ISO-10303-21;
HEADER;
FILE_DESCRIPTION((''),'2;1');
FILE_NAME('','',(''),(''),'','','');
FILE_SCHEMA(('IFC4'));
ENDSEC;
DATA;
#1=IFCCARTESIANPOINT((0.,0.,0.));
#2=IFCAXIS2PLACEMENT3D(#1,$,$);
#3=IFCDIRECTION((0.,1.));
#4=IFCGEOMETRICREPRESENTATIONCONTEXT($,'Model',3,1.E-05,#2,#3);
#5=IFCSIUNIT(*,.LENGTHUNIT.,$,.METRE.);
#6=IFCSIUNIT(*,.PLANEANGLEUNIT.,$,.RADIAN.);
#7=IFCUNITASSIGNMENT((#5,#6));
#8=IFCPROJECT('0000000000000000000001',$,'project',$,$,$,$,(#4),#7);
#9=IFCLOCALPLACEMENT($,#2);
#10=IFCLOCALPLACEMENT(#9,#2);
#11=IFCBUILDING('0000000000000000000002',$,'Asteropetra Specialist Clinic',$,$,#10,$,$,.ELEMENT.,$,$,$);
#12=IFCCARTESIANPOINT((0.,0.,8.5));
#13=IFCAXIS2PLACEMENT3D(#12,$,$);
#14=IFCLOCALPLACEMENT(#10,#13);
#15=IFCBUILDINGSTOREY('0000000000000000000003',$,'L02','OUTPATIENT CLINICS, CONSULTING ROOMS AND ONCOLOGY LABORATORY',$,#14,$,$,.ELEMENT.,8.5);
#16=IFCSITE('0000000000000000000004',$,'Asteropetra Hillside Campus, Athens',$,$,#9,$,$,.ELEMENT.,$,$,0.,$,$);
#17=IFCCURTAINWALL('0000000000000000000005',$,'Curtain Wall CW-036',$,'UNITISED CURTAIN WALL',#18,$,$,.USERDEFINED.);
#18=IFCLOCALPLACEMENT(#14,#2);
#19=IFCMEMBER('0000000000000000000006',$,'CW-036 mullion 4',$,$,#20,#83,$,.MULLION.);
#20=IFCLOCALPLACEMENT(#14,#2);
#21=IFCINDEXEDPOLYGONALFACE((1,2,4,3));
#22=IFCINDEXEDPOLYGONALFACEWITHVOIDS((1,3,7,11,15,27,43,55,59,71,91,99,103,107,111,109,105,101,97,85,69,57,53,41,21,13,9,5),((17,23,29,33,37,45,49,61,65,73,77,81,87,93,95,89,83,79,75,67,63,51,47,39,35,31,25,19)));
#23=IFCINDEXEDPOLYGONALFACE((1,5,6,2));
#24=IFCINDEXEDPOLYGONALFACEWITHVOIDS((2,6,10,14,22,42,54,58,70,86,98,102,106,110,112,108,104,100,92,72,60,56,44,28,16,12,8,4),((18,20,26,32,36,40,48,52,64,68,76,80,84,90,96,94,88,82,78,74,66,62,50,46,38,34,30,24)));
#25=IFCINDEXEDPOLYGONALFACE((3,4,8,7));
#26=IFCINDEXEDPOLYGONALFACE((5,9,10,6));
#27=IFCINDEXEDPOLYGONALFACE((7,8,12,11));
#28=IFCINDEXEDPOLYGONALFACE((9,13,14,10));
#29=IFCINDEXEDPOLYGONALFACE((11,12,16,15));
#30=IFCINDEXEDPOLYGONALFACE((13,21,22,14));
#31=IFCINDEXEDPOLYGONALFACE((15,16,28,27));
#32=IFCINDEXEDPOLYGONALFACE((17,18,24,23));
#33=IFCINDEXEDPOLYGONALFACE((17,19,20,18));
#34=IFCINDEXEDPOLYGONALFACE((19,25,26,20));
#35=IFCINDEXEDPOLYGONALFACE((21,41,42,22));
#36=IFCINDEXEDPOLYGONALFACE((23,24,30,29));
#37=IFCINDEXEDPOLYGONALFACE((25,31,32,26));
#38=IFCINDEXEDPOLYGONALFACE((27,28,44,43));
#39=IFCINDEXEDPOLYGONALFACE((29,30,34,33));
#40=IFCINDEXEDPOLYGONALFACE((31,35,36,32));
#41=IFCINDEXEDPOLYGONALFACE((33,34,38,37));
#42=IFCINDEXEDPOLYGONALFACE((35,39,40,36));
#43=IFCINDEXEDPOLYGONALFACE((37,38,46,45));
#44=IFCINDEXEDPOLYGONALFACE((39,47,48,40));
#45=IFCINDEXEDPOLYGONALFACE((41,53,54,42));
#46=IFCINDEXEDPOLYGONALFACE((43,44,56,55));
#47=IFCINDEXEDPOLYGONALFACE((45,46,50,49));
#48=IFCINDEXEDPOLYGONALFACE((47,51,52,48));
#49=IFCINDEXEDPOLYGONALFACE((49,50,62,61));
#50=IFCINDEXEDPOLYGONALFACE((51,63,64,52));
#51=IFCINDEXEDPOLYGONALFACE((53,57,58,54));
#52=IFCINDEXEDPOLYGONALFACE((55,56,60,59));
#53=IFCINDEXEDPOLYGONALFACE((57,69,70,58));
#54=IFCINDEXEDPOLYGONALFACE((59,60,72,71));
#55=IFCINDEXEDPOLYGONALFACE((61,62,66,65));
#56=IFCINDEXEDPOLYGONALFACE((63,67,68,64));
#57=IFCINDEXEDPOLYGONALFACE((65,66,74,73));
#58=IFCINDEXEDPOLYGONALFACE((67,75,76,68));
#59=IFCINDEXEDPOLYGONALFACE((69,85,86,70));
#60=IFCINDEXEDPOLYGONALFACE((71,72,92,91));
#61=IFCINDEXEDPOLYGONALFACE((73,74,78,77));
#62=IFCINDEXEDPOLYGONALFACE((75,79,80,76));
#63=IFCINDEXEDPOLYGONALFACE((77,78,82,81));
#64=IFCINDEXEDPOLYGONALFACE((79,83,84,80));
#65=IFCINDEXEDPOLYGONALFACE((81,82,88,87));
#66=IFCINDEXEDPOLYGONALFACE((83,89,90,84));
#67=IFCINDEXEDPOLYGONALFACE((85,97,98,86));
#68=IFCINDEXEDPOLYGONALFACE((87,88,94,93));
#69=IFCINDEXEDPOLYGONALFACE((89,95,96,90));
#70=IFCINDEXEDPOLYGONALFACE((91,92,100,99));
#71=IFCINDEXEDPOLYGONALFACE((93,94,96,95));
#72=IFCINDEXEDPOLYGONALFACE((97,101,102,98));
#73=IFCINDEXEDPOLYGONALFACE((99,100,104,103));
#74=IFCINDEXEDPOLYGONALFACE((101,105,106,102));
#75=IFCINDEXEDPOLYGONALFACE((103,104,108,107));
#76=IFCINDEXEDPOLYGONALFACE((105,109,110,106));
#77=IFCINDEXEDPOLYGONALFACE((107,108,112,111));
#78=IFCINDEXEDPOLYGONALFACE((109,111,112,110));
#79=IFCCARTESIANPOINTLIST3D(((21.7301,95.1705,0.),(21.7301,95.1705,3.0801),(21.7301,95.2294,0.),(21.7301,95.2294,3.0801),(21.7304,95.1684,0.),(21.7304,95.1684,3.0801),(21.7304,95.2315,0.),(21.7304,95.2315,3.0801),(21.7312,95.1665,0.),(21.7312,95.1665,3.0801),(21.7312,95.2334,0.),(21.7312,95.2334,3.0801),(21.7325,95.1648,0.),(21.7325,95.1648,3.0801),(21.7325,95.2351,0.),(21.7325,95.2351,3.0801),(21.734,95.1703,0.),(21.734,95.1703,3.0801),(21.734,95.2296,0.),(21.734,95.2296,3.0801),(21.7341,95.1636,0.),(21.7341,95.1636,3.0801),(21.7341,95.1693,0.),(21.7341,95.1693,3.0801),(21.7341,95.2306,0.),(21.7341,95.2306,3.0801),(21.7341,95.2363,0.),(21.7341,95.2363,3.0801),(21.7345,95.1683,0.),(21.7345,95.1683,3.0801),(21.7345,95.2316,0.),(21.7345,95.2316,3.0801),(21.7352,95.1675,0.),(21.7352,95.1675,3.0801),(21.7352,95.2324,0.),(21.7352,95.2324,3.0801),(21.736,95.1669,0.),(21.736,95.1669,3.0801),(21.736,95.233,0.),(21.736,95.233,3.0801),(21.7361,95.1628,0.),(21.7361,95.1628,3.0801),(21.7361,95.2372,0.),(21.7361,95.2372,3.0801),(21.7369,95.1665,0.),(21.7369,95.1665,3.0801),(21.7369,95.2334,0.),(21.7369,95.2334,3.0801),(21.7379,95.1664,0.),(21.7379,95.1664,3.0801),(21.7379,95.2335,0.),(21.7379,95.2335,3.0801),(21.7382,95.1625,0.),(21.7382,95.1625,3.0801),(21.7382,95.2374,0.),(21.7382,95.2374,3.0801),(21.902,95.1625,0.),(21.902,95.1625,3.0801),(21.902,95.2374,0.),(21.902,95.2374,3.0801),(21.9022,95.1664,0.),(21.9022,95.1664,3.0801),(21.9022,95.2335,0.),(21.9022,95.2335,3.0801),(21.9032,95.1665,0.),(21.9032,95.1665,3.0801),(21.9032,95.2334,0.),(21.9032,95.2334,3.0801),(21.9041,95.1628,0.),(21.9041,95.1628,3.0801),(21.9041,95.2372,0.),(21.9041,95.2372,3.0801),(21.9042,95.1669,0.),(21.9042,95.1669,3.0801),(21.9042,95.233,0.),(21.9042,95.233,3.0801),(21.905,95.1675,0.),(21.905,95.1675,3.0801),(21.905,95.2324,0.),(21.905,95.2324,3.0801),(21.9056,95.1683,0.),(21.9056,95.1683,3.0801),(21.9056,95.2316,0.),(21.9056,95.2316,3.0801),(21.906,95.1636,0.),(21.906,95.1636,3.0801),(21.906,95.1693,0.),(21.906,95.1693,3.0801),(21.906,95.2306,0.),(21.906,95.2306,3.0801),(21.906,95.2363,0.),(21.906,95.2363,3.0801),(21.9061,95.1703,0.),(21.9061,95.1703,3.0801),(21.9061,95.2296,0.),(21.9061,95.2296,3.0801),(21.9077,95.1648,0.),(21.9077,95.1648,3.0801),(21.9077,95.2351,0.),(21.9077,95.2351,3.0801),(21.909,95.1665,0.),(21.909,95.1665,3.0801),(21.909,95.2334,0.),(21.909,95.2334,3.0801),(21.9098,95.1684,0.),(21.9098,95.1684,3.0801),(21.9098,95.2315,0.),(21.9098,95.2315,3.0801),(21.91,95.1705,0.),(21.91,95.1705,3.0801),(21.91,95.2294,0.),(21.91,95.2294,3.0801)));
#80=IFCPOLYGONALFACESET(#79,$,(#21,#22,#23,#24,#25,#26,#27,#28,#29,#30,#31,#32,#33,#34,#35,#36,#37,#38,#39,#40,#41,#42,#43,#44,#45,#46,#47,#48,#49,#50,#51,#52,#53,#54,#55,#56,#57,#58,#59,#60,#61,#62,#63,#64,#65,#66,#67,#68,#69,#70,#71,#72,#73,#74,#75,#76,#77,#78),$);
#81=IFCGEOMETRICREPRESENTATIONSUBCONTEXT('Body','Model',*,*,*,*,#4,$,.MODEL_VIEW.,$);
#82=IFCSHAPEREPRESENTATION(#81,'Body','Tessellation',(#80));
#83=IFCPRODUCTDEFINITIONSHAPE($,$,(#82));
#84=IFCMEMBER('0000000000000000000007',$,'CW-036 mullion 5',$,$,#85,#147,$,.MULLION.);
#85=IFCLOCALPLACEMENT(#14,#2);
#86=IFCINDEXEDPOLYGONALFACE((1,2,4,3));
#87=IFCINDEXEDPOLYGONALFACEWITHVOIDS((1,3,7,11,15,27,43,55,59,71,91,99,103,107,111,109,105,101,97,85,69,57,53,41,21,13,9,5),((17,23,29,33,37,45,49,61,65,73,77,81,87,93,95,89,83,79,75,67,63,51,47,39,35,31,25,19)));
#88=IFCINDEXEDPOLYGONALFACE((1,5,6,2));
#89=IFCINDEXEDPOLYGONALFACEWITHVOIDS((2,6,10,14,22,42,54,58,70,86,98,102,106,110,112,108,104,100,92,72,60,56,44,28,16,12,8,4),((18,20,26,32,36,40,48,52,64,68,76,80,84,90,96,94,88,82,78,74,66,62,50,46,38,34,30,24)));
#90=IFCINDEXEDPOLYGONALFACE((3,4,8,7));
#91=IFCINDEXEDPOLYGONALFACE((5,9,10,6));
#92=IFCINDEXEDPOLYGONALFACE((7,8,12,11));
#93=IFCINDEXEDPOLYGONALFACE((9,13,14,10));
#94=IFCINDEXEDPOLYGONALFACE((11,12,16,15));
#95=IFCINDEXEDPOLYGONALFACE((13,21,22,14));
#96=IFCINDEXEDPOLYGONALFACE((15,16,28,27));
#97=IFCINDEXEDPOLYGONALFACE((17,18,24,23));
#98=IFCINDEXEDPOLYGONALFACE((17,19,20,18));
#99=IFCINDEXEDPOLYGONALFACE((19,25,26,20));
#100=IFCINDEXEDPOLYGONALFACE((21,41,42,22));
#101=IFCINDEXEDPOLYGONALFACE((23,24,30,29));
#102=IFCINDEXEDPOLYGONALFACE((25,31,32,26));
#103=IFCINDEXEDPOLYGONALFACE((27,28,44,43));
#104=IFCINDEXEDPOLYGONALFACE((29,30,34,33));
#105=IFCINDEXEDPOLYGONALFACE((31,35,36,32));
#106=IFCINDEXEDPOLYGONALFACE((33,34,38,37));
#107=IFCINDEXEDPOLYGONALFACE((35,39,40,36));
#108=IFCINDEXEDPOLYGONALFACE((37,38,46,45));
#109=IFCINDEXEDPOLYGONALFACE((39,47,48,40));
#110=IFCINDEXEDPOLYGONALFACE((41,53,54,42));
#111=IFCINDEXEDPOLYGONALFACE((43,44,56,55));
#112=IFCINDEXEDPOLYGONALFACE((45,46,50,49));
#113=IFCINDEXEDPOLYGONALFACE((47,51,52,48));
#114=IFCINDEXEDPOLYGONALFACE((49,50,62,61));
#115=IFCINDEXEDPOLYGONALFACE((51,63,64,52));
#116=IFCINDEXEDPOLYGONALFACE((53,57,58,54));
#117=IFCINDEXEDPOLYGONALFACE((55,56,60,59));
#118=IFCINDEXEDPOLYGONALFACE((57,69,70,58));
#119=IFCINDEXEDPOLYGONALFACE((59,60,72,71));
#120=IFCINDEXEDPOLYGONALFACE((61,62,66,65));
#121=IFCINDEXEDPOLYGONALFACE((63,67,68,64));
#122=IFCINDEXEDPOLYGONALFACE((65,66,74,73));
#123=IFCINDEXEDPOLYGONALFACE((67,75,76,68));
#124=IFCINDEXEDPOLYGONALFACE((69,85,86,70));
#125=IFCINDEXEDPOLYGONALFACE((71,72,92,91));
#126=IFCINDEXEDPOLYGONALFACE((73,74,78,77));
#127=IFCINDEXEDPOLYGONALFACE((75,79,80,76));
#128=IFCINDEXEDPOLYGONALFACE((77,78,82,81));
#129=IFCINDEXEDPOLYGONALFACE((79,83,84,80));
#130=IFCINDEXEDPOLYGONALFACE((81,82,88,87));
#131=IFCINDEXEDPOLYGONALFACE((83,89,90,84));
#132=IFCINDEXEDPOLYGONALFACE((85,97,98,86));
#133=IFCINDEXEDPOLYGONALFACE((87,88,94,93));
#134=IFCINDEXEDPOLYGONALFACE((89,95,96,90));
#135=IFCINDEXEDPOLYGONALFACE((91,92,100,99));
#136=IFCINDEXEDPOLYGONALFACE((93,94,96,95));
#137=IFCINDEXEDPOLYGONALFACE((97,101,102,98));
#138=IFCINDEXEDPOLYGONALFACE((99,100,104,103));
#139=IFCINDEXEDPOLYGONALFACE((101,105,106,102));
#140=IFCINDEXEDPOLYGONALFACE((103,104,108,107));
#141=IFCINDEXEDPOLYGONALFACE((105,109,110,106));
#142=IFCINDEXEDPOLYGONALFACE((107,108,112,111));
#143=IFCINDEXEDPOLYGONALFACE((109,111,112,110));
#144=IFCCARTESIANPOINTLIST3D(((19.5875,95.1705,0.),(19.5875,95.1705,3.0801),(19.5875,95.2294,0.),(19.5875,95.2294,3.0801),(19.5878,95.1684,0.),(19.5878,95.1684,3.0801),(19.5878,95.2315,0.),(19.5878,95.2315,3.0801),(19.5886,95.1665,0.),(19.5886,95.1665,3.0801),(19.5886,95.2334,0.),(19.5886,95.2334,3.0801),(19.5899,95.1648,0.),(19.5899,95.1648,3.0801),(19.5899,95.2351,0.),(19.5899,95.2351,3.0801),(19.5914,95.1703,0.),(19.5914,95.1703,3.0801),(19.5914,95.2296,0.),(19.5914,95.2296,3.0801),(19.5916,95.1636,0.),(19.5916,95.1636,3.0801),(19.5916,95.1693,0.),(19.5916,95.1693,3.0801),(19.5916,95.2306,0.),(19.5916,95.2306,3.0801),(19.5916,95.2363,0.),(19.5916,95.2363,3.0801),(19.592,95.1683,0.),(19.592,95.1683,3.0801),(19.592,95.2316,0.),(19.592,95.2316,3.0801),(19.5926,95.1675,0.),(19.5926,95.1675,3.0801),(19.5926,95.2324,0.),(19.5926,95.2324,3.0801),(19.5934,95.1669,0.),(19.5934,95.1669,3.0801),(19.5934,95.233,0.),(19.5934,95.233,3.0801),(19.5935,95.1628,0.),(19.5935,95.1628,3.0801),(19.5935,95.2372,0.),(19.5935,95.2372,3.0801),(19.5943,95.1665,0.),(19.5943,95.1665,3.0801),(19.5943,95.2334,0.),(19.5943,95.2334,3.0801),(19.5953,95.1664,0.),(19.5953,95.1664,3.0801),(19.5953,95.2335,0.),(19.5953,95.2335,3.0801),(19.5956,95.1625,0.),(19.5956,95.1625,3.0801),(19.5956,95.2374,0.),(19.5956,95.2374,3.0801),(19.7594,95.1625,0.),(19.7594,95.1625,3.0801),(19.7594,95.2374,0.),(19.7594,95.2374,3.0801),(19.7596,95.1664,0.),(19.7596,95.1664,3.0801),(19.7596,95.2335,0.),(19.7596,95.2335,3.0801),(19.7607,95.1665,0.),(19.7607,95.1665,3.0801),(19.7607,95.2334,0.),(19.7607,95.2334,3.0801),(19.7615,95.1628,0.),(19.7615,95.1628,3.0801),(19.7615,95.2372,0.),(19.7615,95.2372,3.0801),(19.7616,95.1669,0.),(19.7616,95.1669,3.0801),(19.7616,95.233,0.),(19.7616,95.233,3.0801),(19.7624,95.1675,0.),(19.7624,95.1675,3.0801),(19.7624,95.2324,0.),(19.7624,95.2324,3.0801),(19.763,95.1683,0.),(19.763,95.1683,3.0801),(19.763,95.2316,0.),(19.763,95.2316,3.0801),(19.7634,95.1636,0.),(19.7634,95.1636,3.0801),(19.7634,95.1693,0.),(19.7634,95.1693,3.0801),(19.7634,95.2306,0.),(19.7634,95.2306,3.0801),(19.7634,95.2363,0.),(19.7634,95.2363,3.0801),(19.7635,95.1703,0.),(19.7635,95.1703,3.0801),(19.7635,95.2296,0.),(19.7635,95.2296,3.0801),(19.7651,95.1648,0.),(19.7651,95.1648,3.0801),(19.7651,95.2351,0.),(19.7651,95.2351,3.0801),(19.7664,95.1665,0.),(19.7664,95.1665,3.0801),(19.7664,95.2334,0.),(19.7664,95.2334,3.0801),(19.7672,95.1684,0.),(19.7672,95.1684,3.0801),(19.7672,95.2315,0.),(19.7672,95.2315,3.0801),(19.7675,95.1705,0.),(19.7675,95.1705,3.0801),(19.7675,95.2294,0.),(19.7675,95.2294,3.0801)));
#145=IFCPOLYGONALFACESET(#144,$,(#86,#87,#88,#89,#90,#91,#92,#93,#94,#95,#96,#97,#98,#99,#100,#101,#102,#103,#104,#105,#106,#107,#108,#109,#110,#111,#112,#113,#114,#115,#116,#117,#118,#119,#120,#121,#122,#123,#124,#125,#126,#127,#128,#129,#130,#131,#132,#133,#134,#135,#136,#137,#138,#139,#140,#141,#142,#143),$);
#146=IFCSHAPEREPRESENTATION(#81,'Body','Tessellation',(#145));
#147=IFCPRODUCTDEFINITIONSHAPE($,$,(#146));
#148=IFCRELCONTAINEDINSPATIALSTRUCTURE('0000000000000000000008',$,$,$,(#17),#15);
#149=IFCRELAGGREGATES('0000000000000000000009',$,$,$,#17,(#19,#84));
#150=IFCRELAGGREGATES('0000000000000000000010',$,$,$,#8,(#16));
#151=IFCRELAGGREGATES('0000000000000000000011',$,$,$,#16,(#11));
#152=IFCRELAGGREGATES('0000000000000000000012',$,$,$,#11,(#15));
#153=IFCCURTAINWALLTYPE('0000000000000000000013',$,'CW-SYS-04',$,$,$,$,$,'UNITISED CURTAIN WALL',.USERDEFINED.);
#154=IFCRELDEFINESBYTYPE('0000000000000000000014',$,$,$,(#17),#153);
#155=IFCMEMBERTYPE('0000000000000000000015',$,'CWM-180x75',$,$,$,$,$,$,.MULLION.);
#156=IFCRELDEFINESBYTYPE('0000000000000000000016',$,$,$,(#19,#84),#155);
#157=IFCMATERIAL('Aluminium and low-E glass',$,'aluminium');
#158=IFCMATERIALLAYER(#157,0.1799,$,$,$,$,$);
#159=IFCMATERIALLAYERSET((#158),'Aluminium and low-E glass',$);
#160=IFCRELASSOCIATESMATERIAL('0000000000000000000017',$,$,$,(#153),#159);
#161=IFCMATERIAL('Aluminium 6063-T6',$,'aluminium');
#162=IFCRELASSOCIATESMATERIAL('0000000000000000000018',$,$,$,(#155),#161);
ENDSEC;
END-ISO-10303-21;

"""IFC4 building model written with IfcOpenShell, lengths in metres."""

from ifc_helpers import new_model, si_unit, direction, frame, origin, origin_2d, place, context, subcontext, project, spatial, hollow_rectangle, extrude, material, layer, layer_set, material_profile, profile_set, type_object, element, aggregate, save


model = new_model("IFC4")

# Units and contexts
model_context = context("Model", 3, precision=1e-05, world=origin(), true_north=direction((0.0, 1.0)))
body_context = subcontext(model_context, "Body", "Model", "MODEL_VIEW")
ifc_project = project(units=[si_unit("LENGTHUNIT", "METRE"), si_unit("PLANEANGLEUNIT", "RADIAN")], contexts=[model_context])

# Site, building, storey
site_placement = place(None, origin())
site = spatial("IfcSite", under=ifc_project, at=site_placement, Name="Asteropetra Hillside Campus, Athens", CompositionType="ELEMENT", RefElevation=0.0)
building_placement = place(site_placement, origin())
building = spatial("IfcBuilding", under=site, at=building_placement, Name="Asteropetra Specialist Clinic", CompositionType="ELEMENT")
storey_placement = place(building_placement, frame((0.0, 0.0, 8.5)))
storey = spatial("IfcBuildingStorey", under=building, at=storey_placement, Name="L02", Description="OUTPATIENT CLINICS, CONSULTING ROOMS AND ONCOLOGY LABORATORY", CompositionType="ELEMENT", Elevation=8.5)

# Curtain wall, members
ifc_material_1 = material(Name="Aluminium and low-E glass", Category="aluminium")
ifc_layer_1 = layer(ifc_material_1, 0.1799)
ifc_layer_set_1 = layer_set([ifc_layer_1], Name="Aluminium and low-E glass")
curtain_wall_type = type_object("IfcCurtainWallType", Name="CW-SYS-04", ElementType="UNITISED CURTAIN WALL", PredefinedType="USERDEFINED", material=ifc_layer_set_1)
curtain_wall_placement = place(storey_placement, origin())
curtain_wall = element("IfcCurtainWall", 1, at=curtain_wall_placement, inside=storey, type_object=curtain_wall_type, Name="Curtain Wall CW-036", ObjectType="UNITISED CURTAIN WALL", PredefinedType="USERDEFINED")
ifc_material_2 = material(Name="Aluminium 6063-T6", Category="aluminium")
ifc_material_profile_1 = material_profile(ifc_material_2, hollow_rectangle(XDim=0.075, YDim=0.1799, WallThickness=0.0039, InnerFilletRadius=0.0039, OuterFilletRadius=0.0081, at=origin_2d()), Name="MUL 180x75x4.0")
ifc_profile_set_1 = profile_set([ifc_material_profile_1], Name="Aluminium 6063-T6")
member_type_1 = type_object("IfcMemberType", Name="CWM-180x75", PredefinedType="MULLION", material=ifc_profile_set_1)
member_1_placement = place(storey_placement, frame((21.8201, 95.2, 0.0), z_axis=(0.0, 0.0, 1.0), x_axis=(0.0, -1.0, 0.0)))
member_1 = element("IfcMember", 2, at=member_1_placement, type_object=member_type_1, Name="CW-036 mullion 4", PredefinedType="MULLION", context=body_context, shape_type="SweptSolid", body=[
    extrude(hollow_rectangle(XDim=0.075, YDim=0.1799, WallThickness=0.0039, InnerFilletRadius=0.0039, OuterFilletRadius=0.0081, at=origin_2d()), origin(), (0.0, 0.0, 1.0), 3.0801),
])
member_2_placement = place(storey_placement, frame((19.6775, 95.2, 0.0), z_axis=(0.0, 0.0, 1.0), x_axis=(0.0, -1.0, 0.0)))
member_2 = element("IfcMember", 3, at=member_2_placement, type_object=member_type_1, Name="CW-036 mullion 5", PredefinedType="MULLION", context=body_context, shape_type="SweptSolid", body=[
    extrude(hollow_rectangle(XDim=0.075, YDim=0.1799, WallThickness=0.0039, InnerFilletRadius=0.0039, OuterFilletRadius=0.0081, at=origin_2d()), origin(), (0.0, 0.0, 1.0), 3.0801),
])
aggregate(curtain_wall, [member_1, member_2])

save(model, "model.ifc")
